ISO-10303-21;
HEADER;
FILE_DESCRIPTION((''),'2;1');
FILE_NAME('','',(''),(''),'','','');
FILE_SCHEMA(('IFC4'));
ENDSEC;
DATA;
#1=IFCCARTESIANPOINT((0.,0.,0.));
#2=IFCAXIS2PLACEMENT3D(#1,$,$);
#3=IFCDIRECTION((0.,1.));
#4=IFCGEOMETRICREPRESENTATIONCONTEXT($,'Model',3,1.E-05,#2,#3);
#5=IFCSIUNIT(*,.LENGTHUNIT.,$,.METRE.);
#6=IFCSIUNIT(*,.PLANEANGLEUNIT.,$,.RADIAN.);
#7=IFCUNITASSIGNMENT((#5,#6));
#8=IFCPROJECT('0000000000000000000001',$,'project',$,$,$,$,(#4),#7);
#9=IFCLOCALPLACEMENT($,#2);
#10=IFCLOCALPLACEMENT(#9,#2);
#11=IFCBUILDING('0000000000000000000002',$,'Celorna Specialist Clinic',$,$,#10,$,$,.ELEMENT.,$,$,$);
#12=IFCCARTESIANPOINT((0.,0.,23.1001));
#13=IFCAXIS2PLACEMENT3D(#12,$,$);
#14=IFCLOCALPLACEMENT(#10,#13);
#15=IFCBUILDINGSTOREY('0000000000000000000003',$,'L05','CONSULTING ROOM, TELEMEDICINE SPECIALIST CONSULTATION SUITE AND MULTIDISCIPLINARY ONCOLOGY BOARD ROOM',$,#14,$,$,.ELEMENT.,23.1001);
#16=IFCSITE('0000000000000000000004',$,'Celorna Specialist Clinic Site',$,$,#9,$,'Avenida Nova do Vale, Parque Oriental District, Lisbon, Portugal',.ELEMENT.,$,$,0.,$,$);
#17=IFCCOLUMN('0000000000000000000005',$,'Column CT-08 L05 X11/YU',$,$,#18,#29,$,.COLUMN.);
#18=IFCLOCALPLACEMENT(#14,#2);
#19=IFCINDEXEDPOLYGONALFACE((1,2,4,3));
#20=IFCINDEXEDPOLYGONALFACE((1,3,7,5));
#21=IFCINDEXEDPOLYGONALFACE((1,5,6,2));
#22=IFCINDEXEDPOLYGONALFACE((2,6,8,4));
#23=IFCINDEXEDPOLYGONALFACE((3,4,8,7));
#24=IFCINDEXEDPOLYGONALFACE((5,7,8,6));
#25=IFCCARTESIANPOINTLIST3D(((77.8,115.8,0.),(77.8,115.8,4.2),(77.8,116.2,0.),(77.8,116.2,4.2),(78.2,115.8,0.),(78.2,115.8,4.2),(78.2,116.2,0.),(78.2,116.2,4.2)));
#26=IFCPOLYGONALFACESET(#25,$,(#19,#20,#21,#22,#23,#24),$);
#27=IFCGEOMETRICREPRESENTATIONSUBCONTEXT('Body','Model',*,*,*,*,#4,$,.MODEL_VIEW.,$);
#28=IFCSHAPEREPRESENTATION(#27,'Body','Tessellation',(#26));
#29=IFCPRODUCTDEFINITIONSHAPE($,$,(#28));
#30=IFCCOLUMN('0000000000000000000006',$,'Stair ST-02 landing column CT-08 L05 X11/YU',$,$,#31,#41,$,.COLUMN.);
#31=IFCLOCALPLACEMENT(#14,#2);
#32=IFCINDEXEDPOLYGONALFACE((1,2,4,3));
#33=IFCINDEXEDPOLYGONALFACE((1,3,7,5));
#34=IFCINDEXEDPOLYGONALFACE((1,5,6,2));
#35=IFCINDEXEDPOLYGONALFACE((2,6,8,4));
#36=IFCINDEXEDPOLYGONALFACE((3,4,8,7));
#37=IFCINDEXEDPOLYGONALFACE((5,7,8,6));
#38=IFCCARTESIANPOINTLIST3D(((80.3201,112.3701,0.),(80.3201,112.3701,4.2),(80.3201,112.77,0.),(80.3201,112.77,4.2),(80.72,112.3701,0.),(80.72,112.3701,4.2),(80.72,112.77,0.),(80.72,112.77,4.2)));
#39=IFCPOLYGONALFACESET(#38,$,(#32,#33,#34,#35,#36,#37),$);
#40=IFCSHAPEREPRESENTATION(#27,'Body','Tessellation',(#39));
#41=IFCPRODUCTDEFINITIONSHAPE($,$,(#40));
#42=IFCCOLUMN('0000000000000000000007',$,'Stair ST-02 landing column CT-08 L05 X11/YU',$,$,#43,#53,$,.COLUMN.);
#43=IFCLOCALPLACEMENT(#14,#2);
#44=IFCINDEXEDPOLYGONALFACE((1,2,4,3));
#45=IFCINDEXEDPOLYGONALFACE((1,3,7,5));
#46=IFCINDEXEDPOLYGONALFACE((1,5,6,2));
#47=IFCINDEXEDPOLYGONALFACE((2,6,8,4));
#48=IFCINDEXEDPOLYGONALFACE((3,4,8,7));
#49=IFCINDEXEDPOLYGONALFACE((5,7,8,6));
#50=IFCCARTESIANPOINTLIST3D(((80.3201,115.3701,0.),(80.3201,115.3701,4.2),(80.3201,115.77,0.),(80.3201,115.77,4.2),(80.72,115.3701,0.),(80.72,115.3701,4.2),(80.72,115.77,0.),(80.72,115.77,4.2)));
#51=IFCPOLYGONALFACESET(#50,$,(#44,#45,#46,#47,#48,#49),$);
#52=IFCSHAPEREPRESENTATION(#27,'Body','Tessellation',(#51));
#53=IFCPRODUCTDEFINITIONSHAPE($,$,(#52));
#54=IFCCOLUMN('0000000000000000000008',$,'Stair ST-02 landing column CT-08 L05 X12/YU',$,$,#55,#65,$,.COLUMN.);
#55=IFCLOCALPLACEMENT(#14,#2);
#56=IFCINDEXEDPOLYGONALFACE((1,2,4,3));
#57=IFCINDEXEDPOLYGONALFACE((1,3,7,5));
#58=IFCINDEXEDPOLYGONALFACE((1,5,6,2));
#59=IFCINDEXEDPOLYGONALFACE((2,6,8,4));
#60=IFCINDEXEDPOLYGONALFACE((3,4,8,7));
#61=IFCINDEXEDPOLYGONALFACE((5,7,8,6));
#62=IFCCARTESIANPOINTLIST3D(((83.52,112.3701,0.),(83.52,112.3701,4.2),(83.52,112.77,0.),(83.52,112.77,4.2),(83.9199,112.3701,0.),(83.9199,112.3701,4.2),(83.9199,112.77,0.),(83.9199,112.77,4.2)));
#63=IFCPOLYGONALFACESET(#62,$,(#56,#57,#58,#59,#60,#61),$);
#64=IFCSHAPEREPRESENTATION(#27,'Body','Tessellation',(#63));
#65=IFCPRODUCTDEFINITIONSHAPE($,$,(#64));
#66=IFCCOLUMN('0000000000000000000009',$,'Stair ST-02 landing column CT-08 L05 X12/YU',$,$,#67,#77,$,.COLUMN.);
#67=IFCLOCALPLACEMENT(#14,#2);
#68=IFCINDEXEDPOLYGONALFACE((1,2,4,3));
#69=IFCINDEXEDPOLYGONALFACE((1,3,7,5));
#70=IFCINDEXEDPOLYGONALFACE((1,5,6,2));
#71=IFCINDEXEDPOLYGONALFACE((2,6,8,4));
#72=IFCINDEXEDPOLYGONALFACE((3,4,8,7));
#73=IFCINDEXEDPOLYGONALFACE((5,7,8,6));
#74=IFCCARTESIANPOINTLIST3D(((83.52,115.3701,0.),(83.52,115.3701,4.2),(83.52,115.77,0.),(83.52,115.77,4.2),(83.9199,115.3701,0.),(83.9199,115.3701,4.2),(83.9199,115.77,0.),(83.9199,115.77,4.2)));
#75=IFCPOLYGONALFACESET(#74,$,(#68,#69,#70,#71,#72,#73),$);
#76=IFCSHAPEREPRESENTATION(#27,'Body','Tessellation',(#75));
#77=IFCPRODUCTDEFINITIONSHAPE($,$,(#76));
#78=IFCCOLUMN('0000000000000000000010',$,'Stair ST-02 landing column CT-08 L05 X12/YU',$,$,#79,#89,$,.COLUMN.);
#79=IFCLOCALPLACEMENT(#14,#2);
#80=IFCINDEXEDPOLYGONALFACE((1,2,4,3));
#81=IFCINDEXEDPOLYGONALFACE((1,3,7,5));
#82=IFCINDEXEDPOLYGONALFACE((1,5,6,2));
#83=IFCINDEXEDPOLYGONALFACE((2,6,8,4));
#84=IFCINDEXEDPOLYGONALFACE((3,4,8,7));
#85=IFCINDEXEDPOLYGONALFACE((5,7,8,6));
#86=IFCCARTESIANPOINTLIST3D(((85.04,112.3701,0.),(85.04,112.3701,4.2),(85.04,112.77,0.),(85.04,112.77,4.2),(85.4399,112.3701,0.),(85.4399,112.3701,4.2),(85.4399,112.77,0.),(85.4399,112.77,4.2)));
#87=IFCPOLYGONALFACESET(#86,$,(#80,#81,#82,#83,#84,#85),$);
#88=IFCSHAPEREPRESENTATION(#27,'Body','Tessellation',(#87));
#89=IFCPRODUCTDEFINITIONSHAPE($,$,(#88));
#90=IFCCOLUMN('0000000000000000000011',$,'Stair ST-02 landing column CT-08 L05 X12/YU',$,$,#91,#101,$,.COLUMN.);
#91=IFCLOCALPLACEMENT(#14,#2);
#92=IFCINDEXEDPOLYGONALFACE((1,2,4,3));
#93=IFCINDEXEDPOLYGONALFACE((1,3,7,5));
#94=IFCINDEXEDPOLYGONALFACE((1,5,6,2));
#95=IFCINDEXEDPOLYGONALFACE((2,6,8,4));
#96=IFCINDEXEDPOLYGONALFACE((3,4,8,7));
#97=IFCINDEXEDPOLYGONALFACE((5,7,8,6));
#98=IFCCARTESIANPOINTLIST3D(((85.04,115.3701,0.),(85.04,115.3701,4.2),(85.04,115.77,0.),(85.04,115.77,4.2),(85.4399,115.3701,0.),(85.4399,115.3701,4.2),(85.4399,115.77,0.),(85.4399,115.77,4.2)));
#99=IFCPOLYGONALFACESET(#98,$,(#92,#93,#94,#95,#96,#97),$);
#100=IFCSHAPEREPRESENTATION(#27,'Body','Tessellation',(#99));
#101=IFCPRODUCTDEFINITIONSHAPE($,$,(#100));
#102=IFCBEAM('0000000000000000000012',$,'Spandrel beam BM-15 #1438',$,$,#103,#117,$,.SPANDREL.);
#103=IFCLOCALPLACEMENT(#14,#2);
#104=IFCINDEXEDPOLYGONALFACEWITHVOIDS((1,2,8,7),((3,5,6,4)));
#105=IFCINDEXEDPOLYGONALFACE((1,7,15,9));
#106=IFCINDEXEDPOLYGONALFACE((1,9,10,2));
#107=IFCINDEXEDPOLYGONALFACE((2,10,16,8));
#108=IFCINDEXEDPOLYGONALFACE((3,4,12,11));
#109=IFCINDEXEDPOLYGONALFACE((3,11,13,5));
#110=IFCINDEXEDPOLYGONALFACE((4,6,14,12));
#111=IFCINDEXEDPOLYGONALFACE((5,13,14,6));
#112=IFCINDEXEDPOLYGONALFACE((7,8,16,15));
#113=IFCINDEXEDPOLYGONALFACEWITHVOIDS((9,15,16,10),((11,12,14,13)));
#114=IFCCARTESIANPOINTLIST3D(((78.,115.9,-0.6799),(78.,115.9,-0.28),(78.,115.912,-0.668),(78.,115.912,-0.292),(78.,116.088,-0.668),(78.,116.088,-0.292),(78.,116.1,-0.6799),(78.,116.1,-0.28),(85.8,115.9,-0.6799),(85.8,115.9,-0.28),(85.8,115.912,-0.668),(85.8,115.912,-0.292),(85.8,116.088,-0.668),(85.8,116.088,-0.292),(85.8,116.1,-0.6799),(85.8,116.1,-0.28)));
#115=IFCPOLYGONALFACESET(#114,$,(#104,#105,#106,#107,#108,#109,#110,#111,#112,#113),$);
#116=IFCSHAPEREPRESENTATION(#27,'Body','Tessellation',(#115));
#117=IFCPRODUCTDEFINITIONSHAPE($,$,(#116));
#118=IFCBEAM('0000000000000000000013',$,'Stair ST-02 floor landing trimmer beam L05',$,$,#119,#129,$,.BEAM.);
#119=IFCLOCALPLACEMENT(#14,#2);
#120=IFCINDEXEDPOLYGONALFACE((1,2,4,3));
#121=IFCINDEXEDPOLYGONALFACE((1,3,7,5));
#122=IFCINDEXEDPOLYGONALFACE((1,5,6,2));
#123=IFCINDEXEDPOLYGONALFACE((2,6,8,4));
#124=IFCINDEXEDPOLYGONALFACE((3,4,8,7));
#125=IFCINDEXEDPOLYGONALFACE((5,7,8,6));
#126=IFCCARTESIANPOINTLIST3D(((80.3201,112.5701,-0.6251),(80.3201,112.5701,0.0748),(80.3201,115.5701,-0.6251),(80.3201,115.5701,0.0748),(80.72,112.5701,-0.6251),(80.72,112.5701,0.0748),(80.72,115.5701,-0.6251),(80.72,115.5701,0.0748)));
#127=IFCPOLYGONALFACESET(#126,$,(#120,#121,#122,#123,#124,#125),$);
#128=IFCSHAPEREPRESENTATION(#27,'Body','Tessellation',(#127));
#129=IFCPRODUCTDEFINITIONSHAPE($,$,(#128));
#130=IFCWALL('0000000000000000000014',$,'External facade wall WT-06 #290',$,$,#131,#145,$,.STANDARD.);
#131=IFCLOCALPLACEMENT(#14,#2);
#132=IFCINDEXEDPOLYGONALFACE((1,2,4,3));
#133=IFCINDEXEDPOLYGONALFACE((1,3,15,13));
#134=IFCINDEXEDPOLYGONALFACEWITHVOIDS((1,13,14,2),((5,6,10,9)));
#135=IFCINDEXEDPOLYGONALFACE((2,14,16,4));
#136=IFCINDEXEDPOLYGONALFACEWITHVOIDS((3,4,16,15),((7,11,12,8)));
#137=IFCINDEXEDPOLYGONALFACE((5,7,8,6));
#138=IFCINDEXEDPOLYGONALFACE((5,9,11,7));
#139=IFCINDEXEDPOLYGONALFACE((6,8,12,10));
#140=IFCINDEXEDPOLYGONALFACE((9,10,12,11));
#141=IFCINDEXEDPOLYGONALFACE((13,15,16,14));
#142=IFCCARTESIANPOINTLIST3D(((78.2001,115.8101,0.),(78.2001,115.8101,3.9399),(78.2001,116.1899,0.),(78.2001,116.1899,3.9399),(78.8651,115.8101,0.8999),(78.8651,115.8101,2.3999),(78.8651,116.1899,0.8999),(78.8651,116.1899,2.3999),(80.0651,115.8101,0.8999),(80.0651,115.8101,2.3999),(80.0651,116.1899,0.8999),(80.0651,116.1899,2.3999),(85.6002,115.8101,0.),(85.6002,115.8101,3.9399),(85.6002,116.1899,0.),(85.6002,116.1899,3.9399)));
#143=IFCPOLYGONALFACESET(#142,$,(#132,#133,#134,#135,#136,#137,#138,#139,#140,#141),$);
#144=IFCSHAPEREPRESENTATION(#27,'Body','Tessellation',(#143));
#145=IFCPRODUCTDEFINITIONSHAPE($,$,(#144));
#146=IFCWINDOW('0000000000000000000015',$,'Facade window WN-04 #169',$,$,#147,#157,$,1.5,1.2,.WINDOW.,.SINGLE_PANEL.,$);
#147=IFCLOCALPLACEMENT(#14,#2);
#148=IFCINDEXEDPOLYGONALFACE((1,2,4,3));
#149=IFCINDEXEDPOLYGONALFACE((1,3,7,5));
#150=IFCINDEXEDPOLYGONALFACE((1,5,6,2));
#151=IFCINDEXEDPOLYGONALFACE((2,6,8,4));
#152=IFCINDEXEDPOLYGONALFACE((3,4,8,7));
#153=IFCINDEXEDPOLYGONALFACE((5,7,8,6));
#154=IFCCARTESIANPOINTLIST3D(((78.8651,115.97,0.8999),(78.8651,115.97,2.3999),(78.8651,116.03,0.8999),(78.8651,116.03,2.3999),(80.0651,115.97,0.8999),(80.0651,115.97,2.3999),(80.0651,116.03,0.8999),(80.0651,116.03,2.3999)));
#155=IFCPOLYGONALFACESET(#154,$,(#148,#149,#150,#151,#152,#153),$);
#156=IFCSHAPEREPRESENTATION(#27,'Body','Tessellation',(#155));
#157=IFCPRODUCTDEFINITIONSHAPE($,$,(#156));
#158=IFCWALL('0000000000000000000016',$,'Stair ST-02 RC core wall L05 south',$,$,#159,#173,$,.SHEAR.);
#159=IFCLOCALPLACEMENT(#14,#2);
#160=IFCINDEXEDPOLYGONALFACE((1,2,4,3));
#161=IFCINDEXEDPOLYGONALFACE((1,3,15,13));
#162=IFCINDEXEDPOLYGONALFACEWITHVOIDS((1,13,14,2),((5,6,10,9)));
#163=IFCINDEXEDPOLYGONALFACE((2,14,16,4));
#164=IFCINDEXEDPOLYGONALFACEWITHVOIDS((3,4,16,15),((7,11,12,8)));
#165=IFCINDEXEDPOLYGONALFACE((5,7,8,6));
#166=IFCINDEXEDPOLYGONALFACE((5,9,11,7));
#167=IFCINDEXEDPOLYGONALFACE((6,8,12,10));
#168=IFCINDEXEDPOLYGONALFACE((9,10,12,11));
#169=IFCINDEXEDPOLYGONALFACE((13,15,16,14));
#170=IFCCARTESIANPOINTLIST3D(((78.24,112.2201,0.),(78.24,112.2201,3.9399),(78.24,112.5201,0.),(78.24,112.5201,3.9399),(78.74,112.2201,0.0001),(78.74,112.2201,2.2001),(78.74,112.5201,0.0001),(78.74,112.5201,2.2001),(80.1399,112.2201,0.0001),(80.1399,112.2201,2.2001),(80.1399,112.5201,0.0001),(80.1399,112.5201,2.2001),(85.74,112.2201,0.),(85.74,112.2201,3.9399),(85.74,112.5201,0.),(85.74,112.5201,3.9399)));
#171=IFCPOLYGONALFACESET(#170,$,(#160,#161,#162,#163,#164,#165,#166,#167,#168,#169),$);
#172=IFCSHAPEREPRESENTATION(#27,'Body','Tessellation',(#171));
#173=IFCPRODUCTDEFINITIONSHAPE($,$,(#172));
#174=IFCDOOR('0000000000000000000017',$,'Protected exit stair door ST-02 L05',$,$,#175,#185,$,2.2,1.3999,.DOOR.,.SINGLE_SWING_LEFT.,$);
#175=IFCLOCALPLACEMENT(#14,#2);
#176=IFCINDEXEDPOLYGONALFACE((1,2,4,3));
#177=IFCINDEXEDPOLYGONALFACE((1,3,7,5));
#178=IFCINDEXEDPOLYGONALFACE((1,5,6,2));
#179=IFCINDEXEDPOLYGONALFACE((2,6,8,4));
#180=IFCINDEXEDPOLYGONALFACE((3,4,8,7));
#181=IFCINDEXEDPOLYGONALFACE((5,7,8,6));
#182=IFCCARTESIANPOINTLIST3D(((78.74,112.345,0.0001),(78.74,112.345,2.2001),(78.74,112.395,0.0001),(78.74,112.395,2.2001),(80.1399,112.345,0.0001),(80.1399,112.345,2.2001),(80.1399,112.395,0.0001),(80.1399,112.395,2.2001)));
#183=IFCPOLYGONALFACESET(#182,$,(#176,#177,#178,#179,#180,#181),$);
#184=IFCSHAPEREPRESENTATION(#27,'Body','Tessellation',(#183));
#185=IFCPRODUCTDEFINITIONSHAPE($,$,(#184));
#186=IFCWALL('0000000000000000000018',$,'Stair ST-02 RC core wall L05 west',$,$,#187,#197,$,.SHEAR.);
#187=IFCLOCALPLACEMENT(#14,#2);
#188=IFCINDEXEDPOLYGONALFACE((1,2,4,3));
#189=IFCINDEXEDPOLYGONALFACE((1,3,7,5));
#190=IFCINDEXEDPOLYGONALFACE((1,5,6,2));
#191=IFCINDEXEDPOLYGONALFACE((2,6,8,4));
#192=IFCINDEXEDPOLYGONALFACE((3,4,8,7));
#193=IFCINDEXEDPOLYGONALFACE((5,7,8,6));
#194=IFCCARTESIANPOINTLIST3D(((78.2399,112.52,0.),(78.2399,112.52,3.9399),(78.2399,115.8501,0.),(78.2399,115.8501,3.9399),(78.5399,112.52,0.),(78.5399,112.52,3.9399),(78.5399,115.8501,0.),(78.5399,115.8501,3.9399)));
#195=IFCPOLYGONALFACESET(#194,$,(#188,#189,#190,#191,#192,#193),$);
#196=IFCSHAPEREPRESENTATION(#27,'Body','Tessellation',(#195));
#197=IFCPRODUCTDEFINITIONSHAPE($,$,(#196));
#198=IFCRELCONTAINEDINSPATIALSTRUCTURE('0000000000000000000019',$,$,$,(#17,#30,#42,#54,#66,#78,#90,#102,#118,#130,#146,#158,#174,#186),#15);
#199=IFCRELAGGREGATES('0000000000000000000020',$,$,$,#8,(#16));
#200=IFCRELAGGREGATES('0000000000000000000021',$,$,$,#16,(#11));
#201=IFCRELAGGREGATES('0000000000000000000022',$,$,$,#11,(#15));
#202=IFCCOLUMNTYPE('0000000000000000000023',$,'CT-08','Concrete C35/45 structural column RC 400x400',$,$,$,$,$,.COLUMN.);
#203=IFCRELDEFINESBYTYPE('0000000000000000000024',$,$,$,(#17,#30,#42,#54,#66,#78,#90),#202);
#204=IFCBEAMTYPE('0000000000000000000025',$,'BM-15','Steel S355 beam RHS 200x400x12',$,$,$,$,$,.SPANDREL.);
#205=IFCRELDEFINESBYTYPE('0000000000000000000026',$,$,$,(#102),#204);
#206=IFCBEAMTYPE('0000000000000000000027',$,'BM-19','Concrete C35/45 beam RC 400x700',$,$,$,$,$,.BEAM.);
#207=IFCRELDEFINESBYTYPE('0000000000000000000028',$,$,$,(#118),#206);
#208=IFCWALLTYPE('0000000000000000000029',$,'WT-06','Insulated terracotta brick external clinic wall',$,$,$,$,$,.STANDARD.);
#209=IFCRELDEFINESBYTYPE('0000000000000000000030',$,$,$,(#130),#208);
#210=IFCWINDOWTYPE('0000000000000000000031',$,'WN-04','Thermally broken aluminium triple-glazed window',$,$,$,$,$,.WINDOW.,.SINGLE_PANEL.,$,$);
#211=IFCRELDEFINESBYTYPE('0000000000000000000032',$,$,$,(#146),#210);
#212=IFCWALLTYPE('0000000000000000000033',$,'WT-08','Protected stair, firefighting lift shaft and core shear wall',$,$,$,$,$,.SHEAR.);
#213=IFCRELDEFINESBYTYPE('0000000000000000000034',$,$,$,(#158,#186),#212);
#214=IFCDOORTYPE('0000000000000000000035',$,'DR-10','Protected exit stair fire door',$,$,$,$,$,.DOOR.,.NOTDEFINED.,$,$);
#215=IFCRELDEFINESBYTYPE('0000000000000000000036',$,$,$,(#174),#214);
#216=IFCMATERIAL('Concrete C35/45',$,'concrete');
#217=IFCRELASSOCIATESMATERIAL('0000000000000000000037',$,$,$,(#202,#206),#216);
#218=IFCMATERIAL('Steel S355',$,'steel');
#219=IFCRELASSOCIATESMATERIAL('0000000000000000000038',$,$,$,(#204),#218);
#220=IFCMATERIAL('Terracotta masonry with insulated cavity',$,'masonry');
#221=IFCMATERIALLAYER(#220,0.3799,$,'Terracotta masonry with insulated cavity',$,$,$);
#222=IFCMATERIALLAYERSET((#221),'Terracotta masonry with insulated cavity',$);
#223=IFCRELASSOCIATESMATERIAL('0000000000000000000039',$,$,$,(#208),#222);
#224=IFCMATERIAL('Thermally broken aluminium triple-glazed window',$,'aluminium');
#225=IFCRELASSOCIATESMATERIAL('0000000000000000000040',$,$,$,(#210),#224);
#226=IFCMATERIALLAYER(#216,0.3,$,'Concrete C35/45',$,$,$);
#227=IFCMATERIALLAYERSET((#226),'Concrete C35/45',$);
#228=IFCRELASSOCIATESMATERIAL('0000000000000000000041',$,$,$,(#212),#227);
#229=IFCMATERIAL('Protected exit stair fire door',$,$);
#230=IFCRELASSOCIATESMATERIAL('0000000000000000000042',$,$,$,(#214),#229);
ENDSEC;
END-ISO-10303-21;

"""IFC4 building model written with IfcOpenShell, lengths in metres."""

from ifc_helpers import new_model, si_unit, direction, frame, frame_2d, origin, origin_2d, place, context, subcontext, project, spatial, rectangle, hollow_rectangle, extrude, material, layer, layer_set, material_profile, profile_set, type_object, element, fill, save


model = new_model("IFC4")

# Units and contexts
model_context = context("Model", 3, precision=1e-05, world=origin(), true_north=direction((0.0, 1.0)))
body_context = subcontext(model_context, "Body", "Model", "MODEL_VIEW")
ifc_project = project(units=[si_unit("LENGTHUNIT", "METRE"), si_unit("PLANEANGLEUNIT", "RADIAN")], contexts=[model_context])

# Site, building, storey
site_placement = place(None, origin())
site = spatial("IfcSite", under=ifc_project, at=site_placement, Name="Celorna Specialist Clinic Site", LongName="Avenida Nova do Vale, Parque Oriental District, Lisbon, Portugal", CompositionType="ELEMENT", RefElevation=0.0)
building_placement = place(site_placement, origin())
building = spatial("IfcBuilding", under=site, at=building_placement, Name="Celorna Specialist Clinic", CompositionType="ELEMENT")
storey_placement = place(building_placement, frame((0.0, 0.0, 23.1001)))
storey = spatial("IfcBuildingStorey", under=building, at=storey_placement, Name="L05", Description="CONSULTING ROOM, TELEMEDICINE SPECIALIST CONSULTATION SUITE AND MULTIDISCIPLINARY ONCOLOGY BOARD ROOM", CompositionType="ELEMENT", Elevation=23.1001)

# Columns
ifc_material_1 = material(Name="Concrete C35/45", Category="concrete")
ifc_material_profile_1 = material_profile(ifc_material_1, rectangle(XDim=0.3999, YDim=0.3999, at=origin_2d()), Name="RC 400x400")
ifc_profile_set_1 = profile_set([ifc_material_profile_1], Name="Concrete C35/45")
column_type = type_object("IfcColumnType", Name="CT-08", Description="Concrete C35/45 structural column RC 400x400", PredefinedType="COLUMN", material=ifc_profile_set_1)
for number, where, z_axis, x_axis, name in (
    (1, (78.0, 116.0, 0.0), (0.0, 0.0, 1.0), (1.0, 0.0, 0.0), "Column CT-08 L05 X11/YU"),
    (2, (80.52, 112.5701, 0.0), (0.0, 0.0, 1.0), (1.0, 0.0, 0.0), "Stair ST-02 landing column CT-08 L05 X11/YU"),
    (3, (80.52, 115.5701, 0.0), (0.0, 0.0, 1.0), (1.0, 0.0, 0.0), "Stair ST-02 landing column CT-08 L05 X11/YU"),
    (4, (83.72, 112.5701, 0.0), (0.0, 0.0, 1.0), (1.0, 0.0, 0.0), "Stair ST-02 landing column CT-08 L05 X12/YU"),
    (5, (83.72, 115.5701, 0.0), (0.0, 0.0, 1.0), (1.0, 0.0, 0.0), "Stair ST-02 landing column CT-08 L05 X12/YU"),
    (6, (85.24, 112.5701, 0.0), (0.0, 0.0, 1.0), (1.0, 0.0, 0.0), "Stair ST-02 landing column CT-08 L05 X12/YU"),
    (7, (85.24, 115.5701, 0.0), (0.0, 0.0, 1.0), (1.0, 0.0, 0.0), "Stair ST-02 landing column CT-08 L05 X12/YU"),
):
    element("IfcColumn", number, at=place(storey_placement, frame(where, z_axis=z_axis, x_axis=x_axis)), inside=storey, type_object=column_type, Name=name, PredefinedType="COLUMN", context=body_context, shape_type="SweptSolid", body=[
        extrude(rectangle(XDim=0.3999, YDim=0.3999, at=origin_2d()), origin(), (0.0, 0.0, 1.0), 4.2),
    ])

# Beams
ifc_material_2 = material(Name="Steel S355", Category="steel")
ifc_material_profile_2 = material_profile(ifc_material_2, hollow_rectangle(XDim=0.2, YDim=0.3999, WallThickness=0.012, at=origin_2d()), Name="RHS 200x400x12")
ifc_profile_set_2 = profile_set([ifc_material_profile_2], Name="Steel S355")
beam_type_1 = type_object("IfcBeamType", Name="BM-15", Description="Steel S355 beam RHS 200x400x12", PredefinedType="SPANDREL", material=ifc_profile_set_2)
beam_1_placement = place(storey_placement, frame((78.0, 116.0, -0.48), z_axis=(1.0, 0.0, 0.0), x_axis=(0.0, 1.0, 0.0)))
element("IfcBeam", 8, at=beam_1_placement, inside=storey, type_object=beam_type_1, Name="Spandrel beam BM-15 #1438", PredefinedType="SPANDREL", context=body_context, shape_type="SweptSolid", body=[
    extrude(hollow_rectangle(XDim=0.2, YDim=0.3999, WallThickness=0.012, at=origin_2d()), origin(), (0.0, 0.0, 1.0), 7.8),
])
ifc_material_profile_3 = material_profile(ifc_material_1, rectangle(XDim=0.3999, YDim=0.7, at=origin_2d()), Name="RC 400x700")
ifc_profile_set_3 = profile_set([ifc_material_profile_3], Name="Concrete C35/45")
beam_type_2 = type_object("IfcBeamType", Name="BM-19", Description="Concrete C35/45 beam RC 400x700", PredefinedType="BEAM", material=ifc_profile_set_3)
beam_2_placement = place(storey_placement, frame((80.52, 112.5701, -0.2751), z_axis=(0.0, 1.0, 0.0), x_axis=(-1.0, 0.0, 0.0)))
element("IfcBeam", 9, at=beam_2_placement, inside=storey, type_object=beam_type_2, Name="Stair ST-02 floor landing trimmer beam L05", PredefinedType="BEAM", context=body_context, shape_type="SweptSolid", body=[
    extrude(rectangle(XDim=0.3999, YDim=0.7, at=origin_2d()), origin(), (0.0, 0.0, 1.0), 3.0),
])

# Wall, opening, window
ifc_material_3 = material(Name="Terracotta masonry with insulated cavity", Category="masonry")
ifc_layer_1 = layer(ifc_material_3, 0.3799, Name="Terracotta masonry with insulated cavity")
ifc_layer_set_1 = layer_set([ifc_layer_1], Name="Terracotta masonry with insulated cavity")
wall_type_1 = type_object("IfcWallType", Name="WT-06", Description="Insulated terracotta brick external clinic wall", PredefinedType="STANDARD", material=ifc_layer_set_1)
wall_1_placement = place(storey_placement, frame((78.2, 116.0, 0.0), z_axis=(0.0, 0.0, 1.0), x_axis=(1.0, 0.0, 0.0)))
wall_1 = element("IfcWall", 10, at=wall_1_placement, inside=storey, type_object=wall_type_1, Name="External facade wall WT-06 #290", PredefinedType="STANDARD", context=body_context, shape_type="SweptSolid", body=[
    extrude(rectangle(XDim=7.4001, YDim=0.3799, at=frame_2d((3.7002, 0.0))), origin(), (0.0, 0.0, 1.0), 3.9399),
])
opening_1_placement = place(wall_1_placement, frame((0.665, 0.0, 0.8999)))
opening_1 = element("IfcOpeningElement", 11, at=opening_1_placement, cuts=wall_1, PredefinedType="OPENING", context=body_context, shape_type="SweptSolid", body=[
    extrude(rectangle(XDim=1.2, YDim=1.5, at=frame_2d((0.6001, 0.75))), frame((0.0, 0.2, 0.0), z_axis=(0.0, -1.0, 0.0), x_axis=(1.0, 0.0, 0.0)), (0.0, 0.0, 1.0), 0.3999),
])
ifc_material_4 = material(Name="Thermally broken aluminium triple-glazed window", Category="aluminium")
window_type = type_object("IfcWindowType", Name="WN-04", Description="Thermally broken aluminium triple-glazed window", PartitioningType="SINGLE_PANEL", PredefinedType="WINDOW", material=ifc_material_4)
window_placement = place(opening_1_placement, origin())
window = element("IfcWindow", 12, at=window_placement, inside=storey, type_object=window_type, Name="Facade window WN-04 #169", OverallHeight=1.5, OverallWidth=1.2, PartitioningType="SINGLE_PANEL", PredefinedType="WINDOW", context=body_context, shape_type="SweptSolid", body=[
    extrude(rectangle(XDim=1.2, YDim=1.5, at=frame_2d((0.6001, 0.75))), frame((0.0, 0.03, 0.0), z_axis=(0.0, -1.0, 0.0), x_axis=(1.0, 0.0, 0.0)), (0.0, 0.0, 1.0), 0.0601),
])
fill(opening_1, window)

# Wall, opening, door
ifc_layer_2 = layer(ifc_material_1, 0.3, Name="Concrete C35/45")
ifc_layer_set_2 = layer_set([ifc_layer_2], Name="Concrete C35/45")
wall_type_2 = type_object("IfcWallType", Name="WT-08", Description="Protected stair, firefighting lift shaft and core shear wall", PredefinedType="SHEAR", material=ifc_layer_set_2)
wall_2_placement = place(storey_placement, frame((78.24, 112.3701, 0.0), z_axis=(0.0, 0.0, 1.0), x_axis=(1.0, 0.0, 0.0)))
wall_2 = element("IfcWall", 13, at=wall_2_placement, inside=storey, type_object=wall_type_2, Name="Stair ST-02 RC core wall L05 south", PredefinedType="SHEAR", context=body_context, shape_type="SweptSolid", body=[
    extrude(rectangle(XDim=7.5, YDim=0.3, at=frame_2d((3.75, 0.0))), origin(), (0.0, 0.0, 1.0), 3.9399),
])
opening_2_placement = place(wall_2_placement, frame((0.5, 0.0, 0.0)))
opening_2 = element("IfcOpeningElement", 14, at=opening_2_placement, cuts=wall_2, PredefinedType="OPENING", context=body_context, shape_type="SweptSolid", body=[
    extrude(rectangle(XDim=1.3999, YDim=2.2, at=frame_2d((0.7, 1.1001))), frame((0.0, 0.1599, 0.0), z_axis=(0.0, -1.0, 0.0), x_axis=(1.0, 0.0, 0.0)), (0.0, 0.0, 1.0), 0.3201),
])
ifc_material_5 = material(Name="Protected exit stair fire door")
door_type = type_object("IfcDoorType", Name="DR-10", Description="Protected exit stair fire door", OperationType="NOTDEFINED", PredefinedType="DOOR", material=ifc_material_5)
door_placement = place(opening_2_placement, origin())
door = element("IfcDoor", 15, at=door_placement, inside=storey, type_object=door_type, Name="Protected exit stair door ST-02 L05", OperationType="SINGLE_SWING_LEFT", OverallHeight=2.2, OverallWidth=1.3999, PredefinedType="DOOR", context=body_context, shape_type="SweptSolid", body=[
    extrude(rectangle(XDim=1.3999, YDim=2.2, at=frame_2d((0.7, 1.1001))), frame((0.0, 0.0249, 0.0), z_axis=(0.0, -1.0, 0.0), x_axis=(1.0, 0.0, 0.0)), (0.0, 0.0, 1.0), 0.05),
])
fill(opening_2, door)

# Wall
wall_3_placement = place(storey_placement, frame((78.3899, 115.8501, 0.0), z_axis=(0.0, 0.0, 1.0), x_axis=(0.0, -1.0, 0.0)))
element("IfcWall", 16, at=wall_3_placement, inside=storey, type_object=wall_type_2, Name="Stair ST-02 RC core wall L05 west", PredefinedType="SHEAR", context=body_context, shape_type="SweptSolid", body=[
    extrude(rectangle(XDim=3.3301, YDim=0.3, at=frame_2d((1.665, 0.0))), origin(), (0.0, 0.0, 1.0), 3.9399),
])

save(model, "model.ifc")
